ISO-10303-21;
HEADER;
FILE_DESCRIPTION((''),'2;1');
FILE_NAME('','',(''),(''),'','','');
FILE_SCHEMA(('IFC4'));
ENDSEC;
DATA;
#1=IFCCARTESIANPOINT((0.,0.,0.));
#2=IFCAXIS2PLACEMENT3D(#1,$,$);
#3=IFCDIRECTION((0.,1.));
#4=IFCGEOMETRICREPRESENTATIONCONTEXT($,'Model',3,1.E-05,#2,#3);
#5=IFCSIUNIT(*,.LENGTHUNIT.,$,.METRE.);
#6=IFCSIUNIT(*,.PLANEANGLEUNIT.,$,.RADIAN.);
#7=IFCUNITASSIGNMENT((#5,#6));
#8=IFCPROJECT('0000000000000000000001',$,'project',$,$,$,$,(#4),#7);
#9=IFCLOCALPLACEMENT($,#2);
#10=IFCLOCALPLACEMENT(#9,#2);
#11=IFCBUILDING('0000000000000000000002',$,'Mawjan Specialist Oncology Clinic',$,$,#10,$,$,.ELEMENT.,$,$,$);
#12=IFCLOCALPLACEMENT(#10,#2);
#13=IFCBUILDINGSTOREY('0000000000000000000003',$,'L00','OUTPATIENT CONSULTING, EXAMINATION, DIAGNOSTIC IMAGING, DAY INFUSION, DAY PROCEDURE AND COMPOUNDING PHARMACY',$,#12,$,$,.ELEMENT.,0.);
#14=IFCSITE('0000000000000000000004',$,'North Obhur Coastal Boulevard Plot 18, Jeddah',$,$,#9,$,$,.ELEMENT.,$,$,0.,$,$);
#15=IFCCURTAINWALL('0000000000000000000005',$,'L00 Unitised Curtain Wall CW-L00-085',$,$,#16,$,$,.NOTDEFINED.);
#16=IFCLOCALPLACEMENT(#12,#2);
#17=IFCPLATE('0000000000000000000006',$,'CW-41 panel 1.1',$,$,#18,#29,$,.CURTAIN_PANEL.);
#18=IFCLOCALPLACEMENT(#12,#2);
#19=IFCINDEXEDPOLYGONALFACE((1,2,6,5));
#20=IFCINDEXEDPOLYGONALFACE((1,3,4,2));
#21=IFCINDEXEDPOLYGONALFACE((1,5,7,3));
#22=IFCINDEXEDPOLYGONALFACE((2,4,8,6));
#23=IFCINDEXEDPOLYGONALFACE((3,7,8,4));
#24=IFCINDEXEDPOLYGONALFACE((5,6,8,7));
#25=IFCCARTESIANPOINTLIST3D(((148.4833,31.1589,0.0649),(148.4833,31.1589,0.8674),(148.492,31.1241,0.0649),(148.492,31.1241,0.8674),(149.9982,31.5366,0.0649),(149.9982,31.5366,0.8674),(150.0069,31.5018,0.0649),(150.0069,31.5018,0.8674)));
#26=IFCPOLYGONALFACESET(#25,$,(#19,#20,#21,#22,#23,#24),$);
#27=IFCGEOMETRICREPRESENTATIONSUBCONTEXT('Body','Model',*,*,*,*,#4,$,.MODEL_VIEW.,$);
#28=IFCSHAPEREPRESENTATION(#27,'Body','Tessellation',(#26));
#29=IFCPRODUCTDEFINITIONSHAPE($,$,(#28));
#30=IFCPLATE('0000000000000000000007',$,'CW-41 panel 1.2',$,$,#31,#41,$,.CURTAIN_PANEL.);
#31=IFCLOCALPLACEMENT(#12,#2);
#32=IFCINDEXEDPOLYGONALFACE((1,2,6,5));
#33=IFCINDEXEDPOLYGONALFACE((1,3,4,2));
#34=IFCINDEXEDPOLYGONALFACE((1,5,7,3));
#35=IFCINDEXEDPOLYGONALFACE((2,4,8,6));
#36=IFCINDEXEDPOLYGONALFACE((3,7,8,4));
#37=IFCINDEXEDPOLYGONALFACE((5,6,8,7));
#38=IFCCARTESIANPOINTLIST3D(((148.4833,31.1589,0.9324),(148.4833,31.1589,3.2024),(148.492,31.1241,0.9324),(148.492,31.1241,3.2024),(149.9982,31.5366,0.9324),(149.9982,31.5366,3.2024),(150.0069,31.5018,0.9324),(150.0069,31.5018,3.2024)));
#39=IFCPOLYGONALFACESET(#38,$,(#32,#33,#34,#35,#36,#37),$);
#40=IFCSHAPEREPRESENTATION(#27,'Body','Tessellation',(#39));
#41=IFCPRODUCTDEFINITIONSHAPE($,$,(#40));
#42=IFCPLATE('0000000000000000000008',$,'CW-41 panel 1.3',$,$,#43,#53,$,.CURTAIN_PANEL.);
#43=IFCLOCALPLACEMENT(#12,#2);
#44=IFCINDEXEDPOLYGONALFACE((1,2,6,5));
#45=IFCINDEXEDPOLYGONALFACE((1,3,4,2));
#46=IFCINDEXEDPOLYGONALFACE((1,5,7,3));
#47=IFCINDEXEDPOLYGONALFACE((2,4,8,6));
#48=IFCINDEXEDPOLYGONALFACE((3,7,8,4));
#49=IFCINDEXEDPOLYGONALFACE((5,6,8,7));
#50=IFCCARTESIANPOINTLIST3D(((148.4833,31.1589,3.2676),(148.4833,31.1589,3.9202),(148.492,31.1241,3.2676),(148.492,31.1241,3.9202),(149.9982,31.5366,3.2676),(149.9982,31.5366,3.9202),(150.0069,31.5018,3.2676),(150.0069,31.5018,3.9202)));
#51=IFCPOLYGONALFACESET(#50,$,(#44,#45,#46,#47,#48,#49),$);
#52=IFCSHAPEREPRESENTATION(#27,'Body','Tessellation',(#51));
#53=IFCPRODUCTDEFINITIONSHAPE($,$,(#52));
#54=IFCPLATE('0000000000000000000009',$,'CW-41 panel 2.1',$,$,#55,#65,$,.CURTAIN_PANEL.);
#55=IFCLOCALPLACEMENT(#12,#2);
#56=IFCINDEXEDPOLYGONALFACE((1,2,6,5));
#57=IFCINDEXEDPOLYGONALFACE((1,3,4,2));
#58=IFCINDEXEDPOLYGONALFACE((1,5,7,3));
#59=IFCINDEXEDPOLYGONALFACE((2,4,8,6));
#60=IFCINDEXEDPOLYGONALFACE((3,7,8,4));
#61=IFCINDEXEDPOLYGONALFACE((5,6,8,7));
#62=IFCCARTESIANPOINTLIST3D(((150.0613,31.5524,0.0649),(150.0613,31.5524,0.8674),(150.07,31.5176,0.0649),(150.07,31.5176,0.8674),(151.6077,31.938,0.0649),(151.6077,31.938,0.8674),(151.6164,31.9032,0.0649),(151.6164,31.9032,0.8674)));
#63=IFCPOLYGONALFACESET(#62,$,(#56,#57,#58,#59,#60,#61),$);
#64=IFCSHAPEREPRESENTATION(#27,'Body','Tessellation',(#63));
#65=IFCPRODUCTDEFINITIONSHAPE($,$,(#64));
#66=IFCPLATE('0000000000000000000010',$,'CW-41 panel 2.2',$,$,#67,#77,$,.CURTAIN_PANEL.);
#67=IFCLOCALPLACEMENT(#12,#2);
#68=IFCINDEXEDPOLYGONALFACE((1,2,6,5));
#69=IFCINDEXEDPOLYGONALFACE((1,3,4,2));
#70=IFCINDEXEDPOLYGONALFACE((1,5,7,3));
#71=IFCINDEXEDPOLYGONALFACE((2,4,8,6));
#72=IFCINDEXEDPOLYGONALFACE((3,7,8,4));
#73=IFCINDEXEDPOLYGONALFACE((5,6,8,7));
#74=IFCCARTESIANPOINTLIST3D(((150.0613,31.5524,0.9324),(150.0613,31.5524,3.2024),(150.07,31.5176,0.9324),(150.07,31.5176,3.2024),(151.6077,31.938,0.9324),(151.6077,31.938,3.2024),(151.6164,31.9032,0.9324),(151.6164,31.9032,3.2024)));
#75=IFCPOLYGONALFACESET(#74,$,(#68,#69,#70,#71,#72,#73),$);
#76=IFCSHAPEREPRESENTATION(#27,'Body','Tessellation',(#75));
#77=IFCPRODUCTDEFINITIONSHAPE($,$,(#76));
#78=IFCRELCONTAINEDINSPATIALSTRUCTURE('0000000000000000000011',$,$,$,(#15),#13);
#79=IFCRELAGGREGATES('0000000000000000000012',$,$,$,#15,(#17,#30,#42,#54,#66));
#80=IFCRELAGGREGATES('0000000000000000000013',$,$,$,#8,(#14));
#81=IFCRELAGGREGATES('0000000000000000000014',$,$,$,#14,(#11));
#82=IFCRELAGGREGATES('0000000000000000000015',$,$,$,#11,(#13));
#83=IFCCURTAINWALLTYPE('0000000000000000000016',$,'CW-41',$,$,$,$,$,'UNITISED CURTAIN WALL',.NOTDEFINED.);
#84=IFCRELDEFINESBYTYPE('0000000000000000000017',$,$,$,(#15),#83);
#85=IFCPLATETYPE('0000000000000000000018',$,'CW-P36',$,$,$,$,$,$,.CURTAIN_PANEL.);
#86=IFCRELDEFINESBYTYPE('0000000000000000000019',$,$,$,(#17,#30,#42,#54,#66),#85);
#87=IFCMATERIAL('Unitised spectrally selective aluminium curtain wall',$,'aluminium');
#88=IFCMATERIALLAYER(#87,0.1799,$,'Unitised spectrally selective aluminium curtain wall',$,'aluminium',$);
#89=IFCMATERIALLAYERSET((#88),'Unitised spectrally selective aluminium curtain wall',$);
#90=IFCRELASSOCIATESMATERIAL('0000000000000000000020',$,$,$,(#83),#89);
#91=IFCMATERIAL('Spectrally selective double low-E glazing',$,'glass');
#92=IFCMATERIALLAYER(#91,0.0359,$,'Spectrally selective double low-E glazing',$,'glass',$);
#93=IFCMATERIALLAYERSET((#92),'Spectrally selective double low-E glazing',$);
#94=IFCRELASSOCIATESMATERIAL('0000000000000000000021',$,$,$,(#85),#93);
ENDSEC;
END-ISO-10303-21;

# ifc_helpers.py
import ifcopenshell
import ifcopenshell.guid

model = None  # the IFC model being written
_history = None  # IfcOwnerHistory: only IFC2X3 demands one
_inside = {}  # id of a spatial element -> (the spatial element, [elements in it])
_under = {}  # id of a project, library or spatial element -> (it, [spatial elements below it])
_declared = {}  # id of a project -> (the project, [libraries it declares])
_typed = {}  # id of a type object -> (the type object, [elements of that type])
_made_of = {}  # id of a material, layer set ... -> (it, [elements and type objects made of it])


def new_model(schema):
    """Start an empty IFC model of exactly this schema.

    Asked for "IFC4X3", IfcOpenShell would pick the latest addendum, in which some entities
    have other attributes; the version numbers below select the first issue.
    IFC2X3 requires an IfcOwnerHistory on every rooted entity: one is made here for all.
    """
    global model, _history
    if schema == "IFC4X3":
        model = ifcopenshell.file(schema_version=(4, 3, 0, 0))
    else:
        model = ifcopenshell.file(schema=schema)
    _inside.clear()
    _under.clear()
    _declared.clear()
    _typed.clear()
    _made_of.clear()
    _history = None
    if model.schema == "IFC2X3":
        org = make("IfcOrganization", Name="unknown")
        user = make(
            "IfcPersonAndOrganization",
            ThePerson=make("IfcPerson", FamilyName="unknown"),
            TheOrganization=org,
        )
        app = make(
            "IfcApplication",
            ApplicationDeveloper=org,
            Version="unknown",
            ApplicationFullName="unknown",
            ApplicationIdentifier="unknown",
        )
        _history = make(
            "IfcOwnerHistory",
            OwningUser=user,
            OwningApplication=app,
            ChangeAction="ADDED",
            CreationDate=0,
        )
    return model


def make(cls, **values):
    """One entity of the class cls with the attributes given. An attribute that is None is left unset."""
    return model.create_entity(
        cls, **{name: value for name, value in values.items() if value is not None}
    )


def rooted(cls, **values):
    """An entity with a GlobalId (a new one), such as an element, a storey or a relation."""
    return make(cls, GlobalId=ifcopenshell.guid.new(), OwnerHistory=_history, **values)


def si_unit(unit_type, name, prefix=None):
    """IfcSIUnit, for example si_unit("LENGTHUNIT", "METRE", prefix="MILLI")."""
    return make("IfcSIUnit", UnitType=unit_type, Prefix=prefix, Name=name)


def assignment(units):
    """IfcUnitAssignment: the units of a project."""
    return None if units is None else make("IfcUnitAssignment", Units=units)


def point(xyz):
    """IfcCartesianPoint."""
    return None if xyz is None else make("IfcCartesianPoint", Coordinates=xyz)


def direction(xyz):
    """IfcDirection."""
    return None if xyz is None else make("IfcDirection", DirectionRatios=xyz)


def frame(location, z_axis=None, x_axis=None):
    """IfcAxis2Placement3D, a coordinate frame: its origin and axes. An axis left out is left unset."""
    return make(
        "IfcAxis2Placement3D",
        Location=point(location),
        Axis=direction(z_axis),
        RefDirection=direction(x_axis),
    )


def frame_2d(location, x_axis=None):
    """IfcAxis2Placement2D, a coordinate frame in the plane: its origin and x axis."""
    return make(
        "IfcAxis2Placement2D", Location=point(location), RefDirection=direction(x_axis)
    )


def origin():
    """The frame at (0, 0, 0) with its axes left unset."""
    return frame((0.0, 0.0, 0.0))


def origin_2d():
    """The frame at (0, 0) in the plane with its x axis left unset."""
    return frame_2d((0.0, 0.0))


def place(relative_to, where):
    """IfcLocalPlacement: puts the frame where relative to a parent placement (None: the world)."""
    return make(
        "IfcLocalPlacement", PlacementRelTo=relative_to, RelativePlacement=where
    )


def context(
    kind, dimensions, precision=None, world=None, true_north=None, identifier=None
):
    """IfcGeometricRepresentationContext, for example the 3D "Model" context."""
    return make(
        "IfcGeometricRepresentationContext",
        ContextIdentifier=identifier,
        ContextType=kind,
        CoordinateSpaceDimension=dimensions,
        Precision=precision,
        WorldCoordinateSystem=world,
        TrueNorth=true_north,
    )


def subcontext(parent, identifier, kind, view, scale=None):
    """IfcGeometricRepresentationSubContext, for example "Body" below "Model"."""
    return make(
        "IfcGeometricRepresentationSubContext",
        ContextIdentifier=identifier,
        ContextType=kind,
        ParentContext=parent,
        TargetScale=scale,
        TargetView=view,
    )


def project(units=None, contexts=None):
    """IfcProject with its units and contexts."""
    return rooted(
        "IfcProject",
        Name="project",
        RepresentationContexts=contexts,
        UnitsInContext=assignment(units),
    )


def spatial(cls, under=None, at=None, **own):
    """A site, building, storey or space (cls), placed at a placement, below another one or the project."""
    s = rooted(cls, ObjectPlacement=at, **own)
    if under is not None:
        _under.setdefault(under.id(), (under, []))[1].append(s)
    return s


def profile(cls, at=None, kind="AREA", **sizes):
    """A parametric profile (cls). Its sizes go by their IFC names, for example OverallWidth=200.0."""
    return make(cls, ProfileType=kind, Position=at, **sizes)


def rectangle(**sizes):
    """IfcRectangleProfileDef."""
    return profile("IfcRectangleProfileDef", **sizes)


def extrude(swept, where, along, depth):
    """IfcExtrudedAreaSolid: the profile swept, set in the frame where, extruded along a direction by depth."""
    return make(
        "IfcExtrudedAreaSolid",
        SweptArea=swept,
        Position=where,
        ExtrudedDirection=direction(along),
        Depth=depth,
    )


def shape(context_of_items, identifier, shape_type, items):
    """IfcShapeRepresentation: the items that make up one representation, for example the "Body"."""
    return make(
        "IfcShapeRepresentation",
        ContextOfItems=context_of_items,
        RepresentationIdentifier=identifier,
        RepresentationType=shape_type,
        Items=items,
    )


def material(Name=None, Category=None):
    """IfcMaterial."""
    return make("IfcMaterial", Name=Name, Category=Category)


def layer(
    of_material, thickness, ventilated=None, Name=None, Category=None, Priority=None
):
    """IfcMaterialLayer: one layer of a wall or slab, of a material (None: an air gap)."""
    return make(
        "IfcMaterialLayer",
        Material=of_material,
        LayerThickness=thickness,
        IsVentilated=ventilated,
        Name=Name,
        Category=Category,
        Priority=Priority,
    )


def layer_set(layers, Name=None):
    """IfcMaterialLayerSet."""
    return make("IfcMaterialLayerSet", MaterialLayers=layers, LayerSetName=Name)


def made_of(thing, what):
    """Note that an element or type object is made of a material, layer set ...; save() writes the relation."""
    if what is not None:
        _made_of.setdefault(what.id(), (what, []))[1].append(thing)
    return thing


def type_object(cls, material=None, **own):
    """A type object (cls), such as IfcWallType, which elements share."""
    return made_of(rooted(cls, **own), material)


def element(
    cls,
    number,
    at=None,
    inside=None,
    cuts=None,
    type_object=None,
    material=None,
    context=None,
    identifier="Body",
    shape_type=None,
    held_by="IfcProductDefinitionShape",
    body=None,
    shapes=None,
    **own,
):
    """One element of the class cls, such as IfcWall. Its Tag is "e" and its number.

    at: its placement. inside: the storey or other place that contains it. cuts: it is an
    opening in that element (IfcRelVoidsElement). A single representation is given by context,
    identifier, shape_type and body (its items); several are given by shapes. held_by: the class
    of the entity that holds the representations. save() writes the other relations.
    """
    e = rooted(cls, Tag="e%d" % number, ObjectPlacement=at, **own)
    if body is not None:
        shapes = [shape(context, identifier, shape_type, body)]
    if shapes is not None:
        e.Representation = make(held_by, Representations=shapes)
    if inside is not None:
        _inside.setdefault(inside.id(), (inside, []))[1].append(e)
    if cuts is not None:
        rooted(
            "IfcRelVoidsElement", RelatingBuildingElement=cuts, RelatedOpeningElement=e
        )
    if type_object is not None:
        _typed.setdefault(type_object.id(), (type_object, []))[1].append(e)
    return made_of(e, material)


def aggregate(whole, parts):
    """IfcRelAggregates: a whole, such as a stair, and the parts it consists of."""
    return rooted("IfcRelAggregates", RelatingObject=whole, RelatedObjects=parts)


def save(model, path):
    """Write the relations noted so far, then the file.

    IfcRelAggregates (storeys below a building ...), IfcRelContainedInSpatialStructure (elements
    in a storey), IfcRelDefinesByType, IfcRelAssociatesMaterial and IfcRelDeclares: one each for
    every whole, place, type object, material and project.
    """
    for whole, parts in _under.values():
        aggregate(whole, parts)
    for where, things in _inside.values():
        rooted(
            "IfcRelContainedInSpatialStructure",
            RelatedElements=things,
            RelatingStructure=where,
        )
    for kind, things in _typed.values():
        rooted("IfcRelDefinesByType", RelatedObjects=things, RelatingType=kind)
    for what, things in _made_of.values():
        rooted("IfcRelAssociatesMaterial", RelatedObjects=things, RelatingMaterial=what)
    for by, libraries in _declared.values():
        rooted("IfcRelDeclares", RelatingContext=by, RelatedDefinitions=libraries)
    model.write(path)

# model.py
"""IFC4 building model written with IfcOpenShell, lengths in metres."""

from ifc_helpers import new_model, si_unit, direction, frame, origin, origin_2d, place, context, subcontext, project, spatial, rectangle, extrude, material, layer, layer_set, type_object, element, aggregate, save


model = new_model("IFC4")

# Units and contexts
model_context = context("Model", 3, precision=1e-05, world=origin(), true_north=direction((0.0, 1.0)))
body_context = subcontext(model_context, "Body", "Model", "MODEL_VIEW")
ifc_project = project(units=[si_unit("LENGTHUNIT", "METRE"), si_unit("PLANEANGLEUNIT", "RADIAN")], contexts=[model_context])

# Site, building, storey
site_placement = place(None, origin())
site = spatial("IfcSite", under=ifc_project, at=site_placement, Name="North Obhur Coastal Boulevard Plot 18, Jeddah", CompositionType="ELEMENT", RefElevation=0.0)
building_placement = place(site_placement, origin())
building = spatial("IfcBuilding", under=site, at=building_placement, Name="Mawjan Specialist Oncology Clinic", CompositionType="ELEMENT")
storey_placement = place(building_placement, origin())
storey = spatial("IfcBuildingStorey", under=building, at=storey_placement, Name="L00", Description="OUTPATIENT CONSULTING, EXAMINATION, DIAGNOSTIC IMAGING, DAY INFUSION, DAY PROCEDURE AND COMPOUNDING PHARMACY", CompositionType="ELEMENT", Elevation=0.0)

# Curtain wall, plates
ifc_material_1 = material(Name="Unitised spectrally selective aluminium curtain wall", Category="aluminium")
ifc_layer_1 = layer(ifc_material_1, 0.1799, Name="Unitised spectrally selective aluminium curtain wall", Category="aluminium")
ifc_layer_set_1 = layer_set([ifc_layer_1], Name="Unitised spectrally selective aluminium curtain wall")
curtain_wall_type = type_object("IfcCurtainWallType", Name="CW-41", ElementType="UNITISED CURTAIN WALL", PredefinedType="NOTDEFINED", material=ifc_layer_set_1)
curtain_wall_placement = place(storey_placement, origin())
curtain_wall = element("IfcCurtainWall", 1, at=curtain_wall_placement, inside=storey, type_object=curtain_wall_type, Name="L00 Unitised Curtain Wall CW-L00-085", PredefinedType="NOTDEFINED")
ifc_material_2 = material(Name="Spectrally selective double low-E glazing", Category="glass")
ifc_layer_2 = layer(ifc_material_2, 0.0359, Name="Spectrally selective double low-E glazing", Category="glass")
ifc_layer_set_2 = layer_set([ifc_layer_2], Name="Spectrally selective double low-E glazing")
plate_type = type_object("IfcPlateType", Name="CW-P36", PredefinedType="CURTAIN_PANEL", material=ifc_layer_set_2)
plate_1_placement = place(storey_placement, frame((149.2451, 31.3303, 0.0649), z_axis=(0.0, 0.0, 1.0), x_axis=(0.970296, 0.241922, 0.0)))
plate_1 = element("IfcPlate", 2, at=plate_1_placement, type_object=plate_type, Name="CW-41 panel 1.1", PredefinedType="CURTAIN_PANEL", context=body_context, shape_type="SweptSolid", body=[
    extrude(rectangle(XDim=1.5613, YDim=0.0359, at=origin_2d()), origin(), (0.0, 0.0, 1.0), 0.8025),
])
plate_2_placement = place(storey_placement, frame((149.2451, 31.3303, 0.9324), z_axis=(0.0, 0.0, 1.0), x_axis=(0.970296, 0.241922, 0.0)))
plate_2 = element("IfcPlate", 3, at=plate_2_placement, type_object=plate_type, Name="CW-41 panel 1.2", PredefinedType="CURTAIN_PANEL", context=body_context, shape_type="SweptSolid", body=[
    extrude(rectangle(XDim=1.5613, YDim=0.0359, at=origin_2d()), origin(), (0.0, 0.0, 1.0), 2.27),
])
plate_3_placement = place(storey_placement, frame((149.2451, 31.3303, 3.2676), z_axis=(0.0, 0.0, 1.0), x_axis=(0.970296, 0.241922, 0.0)))
plate_3 = element("IfcPlate", 4, at=plate_3_placement, type_object=plate_type, Name="CW-41 panel 1.3", PredefinedType="CURTAIN_PANEL", context=body_context, shape_type="SweptSolid", body=[
    extrude(rectangle(XDim=1.5613, YDim=0.0359, at=origin_2d()), origin(), (0.0, 0.0, 1.0), 0.6526),
])
plate_4_placement = place(storey_placement, frame((150.8389, 31.7278, 0.0649), z_axis=(0.0, 0.0, 1.0), x_axis=(0.970296, 0.241922, 0.0)))
plate_4 = element("IfcPlate", 5, at=plate_4_placement, type_object=plate_type, Name="CW-41 panel 2.1", PredefinedType="CURTAIN_PANEL", context=body_context, shape_type="SweptSolid", body=[
    extrude(rectangle(XDim=1.5938, YDim=0.0359, at=origin_2d()), origin(), (0.0, 0.0, 1.0), 0.8025),
])
plate_5_placement = place(storey_placement, frame((150.8389, 31.7278, 0.9324), z_axis=(0.0, 0.0, 1.0), x_axis=(0.970296, 0.241922, 0.0)))
plate_5 = element("IfcPlate", 6, at=plate_5_placement, type_object=plate_type, Name="CW-41 panel 2.2", PredefinedType="CURTAIN_PANEL", context=body_context, shape_type="SweptSolid", body=[
    extrude(rectangle(XDim=1.5938, YDim=0.0359, at=origin_2d()), origin(), (0.0, 0.0, 1.0), 2.27),
])
aggregate(curtain_wall, [plate_1, plate_2, plate_3, plate_4, plate_5])

save(model, "model.ifc")
